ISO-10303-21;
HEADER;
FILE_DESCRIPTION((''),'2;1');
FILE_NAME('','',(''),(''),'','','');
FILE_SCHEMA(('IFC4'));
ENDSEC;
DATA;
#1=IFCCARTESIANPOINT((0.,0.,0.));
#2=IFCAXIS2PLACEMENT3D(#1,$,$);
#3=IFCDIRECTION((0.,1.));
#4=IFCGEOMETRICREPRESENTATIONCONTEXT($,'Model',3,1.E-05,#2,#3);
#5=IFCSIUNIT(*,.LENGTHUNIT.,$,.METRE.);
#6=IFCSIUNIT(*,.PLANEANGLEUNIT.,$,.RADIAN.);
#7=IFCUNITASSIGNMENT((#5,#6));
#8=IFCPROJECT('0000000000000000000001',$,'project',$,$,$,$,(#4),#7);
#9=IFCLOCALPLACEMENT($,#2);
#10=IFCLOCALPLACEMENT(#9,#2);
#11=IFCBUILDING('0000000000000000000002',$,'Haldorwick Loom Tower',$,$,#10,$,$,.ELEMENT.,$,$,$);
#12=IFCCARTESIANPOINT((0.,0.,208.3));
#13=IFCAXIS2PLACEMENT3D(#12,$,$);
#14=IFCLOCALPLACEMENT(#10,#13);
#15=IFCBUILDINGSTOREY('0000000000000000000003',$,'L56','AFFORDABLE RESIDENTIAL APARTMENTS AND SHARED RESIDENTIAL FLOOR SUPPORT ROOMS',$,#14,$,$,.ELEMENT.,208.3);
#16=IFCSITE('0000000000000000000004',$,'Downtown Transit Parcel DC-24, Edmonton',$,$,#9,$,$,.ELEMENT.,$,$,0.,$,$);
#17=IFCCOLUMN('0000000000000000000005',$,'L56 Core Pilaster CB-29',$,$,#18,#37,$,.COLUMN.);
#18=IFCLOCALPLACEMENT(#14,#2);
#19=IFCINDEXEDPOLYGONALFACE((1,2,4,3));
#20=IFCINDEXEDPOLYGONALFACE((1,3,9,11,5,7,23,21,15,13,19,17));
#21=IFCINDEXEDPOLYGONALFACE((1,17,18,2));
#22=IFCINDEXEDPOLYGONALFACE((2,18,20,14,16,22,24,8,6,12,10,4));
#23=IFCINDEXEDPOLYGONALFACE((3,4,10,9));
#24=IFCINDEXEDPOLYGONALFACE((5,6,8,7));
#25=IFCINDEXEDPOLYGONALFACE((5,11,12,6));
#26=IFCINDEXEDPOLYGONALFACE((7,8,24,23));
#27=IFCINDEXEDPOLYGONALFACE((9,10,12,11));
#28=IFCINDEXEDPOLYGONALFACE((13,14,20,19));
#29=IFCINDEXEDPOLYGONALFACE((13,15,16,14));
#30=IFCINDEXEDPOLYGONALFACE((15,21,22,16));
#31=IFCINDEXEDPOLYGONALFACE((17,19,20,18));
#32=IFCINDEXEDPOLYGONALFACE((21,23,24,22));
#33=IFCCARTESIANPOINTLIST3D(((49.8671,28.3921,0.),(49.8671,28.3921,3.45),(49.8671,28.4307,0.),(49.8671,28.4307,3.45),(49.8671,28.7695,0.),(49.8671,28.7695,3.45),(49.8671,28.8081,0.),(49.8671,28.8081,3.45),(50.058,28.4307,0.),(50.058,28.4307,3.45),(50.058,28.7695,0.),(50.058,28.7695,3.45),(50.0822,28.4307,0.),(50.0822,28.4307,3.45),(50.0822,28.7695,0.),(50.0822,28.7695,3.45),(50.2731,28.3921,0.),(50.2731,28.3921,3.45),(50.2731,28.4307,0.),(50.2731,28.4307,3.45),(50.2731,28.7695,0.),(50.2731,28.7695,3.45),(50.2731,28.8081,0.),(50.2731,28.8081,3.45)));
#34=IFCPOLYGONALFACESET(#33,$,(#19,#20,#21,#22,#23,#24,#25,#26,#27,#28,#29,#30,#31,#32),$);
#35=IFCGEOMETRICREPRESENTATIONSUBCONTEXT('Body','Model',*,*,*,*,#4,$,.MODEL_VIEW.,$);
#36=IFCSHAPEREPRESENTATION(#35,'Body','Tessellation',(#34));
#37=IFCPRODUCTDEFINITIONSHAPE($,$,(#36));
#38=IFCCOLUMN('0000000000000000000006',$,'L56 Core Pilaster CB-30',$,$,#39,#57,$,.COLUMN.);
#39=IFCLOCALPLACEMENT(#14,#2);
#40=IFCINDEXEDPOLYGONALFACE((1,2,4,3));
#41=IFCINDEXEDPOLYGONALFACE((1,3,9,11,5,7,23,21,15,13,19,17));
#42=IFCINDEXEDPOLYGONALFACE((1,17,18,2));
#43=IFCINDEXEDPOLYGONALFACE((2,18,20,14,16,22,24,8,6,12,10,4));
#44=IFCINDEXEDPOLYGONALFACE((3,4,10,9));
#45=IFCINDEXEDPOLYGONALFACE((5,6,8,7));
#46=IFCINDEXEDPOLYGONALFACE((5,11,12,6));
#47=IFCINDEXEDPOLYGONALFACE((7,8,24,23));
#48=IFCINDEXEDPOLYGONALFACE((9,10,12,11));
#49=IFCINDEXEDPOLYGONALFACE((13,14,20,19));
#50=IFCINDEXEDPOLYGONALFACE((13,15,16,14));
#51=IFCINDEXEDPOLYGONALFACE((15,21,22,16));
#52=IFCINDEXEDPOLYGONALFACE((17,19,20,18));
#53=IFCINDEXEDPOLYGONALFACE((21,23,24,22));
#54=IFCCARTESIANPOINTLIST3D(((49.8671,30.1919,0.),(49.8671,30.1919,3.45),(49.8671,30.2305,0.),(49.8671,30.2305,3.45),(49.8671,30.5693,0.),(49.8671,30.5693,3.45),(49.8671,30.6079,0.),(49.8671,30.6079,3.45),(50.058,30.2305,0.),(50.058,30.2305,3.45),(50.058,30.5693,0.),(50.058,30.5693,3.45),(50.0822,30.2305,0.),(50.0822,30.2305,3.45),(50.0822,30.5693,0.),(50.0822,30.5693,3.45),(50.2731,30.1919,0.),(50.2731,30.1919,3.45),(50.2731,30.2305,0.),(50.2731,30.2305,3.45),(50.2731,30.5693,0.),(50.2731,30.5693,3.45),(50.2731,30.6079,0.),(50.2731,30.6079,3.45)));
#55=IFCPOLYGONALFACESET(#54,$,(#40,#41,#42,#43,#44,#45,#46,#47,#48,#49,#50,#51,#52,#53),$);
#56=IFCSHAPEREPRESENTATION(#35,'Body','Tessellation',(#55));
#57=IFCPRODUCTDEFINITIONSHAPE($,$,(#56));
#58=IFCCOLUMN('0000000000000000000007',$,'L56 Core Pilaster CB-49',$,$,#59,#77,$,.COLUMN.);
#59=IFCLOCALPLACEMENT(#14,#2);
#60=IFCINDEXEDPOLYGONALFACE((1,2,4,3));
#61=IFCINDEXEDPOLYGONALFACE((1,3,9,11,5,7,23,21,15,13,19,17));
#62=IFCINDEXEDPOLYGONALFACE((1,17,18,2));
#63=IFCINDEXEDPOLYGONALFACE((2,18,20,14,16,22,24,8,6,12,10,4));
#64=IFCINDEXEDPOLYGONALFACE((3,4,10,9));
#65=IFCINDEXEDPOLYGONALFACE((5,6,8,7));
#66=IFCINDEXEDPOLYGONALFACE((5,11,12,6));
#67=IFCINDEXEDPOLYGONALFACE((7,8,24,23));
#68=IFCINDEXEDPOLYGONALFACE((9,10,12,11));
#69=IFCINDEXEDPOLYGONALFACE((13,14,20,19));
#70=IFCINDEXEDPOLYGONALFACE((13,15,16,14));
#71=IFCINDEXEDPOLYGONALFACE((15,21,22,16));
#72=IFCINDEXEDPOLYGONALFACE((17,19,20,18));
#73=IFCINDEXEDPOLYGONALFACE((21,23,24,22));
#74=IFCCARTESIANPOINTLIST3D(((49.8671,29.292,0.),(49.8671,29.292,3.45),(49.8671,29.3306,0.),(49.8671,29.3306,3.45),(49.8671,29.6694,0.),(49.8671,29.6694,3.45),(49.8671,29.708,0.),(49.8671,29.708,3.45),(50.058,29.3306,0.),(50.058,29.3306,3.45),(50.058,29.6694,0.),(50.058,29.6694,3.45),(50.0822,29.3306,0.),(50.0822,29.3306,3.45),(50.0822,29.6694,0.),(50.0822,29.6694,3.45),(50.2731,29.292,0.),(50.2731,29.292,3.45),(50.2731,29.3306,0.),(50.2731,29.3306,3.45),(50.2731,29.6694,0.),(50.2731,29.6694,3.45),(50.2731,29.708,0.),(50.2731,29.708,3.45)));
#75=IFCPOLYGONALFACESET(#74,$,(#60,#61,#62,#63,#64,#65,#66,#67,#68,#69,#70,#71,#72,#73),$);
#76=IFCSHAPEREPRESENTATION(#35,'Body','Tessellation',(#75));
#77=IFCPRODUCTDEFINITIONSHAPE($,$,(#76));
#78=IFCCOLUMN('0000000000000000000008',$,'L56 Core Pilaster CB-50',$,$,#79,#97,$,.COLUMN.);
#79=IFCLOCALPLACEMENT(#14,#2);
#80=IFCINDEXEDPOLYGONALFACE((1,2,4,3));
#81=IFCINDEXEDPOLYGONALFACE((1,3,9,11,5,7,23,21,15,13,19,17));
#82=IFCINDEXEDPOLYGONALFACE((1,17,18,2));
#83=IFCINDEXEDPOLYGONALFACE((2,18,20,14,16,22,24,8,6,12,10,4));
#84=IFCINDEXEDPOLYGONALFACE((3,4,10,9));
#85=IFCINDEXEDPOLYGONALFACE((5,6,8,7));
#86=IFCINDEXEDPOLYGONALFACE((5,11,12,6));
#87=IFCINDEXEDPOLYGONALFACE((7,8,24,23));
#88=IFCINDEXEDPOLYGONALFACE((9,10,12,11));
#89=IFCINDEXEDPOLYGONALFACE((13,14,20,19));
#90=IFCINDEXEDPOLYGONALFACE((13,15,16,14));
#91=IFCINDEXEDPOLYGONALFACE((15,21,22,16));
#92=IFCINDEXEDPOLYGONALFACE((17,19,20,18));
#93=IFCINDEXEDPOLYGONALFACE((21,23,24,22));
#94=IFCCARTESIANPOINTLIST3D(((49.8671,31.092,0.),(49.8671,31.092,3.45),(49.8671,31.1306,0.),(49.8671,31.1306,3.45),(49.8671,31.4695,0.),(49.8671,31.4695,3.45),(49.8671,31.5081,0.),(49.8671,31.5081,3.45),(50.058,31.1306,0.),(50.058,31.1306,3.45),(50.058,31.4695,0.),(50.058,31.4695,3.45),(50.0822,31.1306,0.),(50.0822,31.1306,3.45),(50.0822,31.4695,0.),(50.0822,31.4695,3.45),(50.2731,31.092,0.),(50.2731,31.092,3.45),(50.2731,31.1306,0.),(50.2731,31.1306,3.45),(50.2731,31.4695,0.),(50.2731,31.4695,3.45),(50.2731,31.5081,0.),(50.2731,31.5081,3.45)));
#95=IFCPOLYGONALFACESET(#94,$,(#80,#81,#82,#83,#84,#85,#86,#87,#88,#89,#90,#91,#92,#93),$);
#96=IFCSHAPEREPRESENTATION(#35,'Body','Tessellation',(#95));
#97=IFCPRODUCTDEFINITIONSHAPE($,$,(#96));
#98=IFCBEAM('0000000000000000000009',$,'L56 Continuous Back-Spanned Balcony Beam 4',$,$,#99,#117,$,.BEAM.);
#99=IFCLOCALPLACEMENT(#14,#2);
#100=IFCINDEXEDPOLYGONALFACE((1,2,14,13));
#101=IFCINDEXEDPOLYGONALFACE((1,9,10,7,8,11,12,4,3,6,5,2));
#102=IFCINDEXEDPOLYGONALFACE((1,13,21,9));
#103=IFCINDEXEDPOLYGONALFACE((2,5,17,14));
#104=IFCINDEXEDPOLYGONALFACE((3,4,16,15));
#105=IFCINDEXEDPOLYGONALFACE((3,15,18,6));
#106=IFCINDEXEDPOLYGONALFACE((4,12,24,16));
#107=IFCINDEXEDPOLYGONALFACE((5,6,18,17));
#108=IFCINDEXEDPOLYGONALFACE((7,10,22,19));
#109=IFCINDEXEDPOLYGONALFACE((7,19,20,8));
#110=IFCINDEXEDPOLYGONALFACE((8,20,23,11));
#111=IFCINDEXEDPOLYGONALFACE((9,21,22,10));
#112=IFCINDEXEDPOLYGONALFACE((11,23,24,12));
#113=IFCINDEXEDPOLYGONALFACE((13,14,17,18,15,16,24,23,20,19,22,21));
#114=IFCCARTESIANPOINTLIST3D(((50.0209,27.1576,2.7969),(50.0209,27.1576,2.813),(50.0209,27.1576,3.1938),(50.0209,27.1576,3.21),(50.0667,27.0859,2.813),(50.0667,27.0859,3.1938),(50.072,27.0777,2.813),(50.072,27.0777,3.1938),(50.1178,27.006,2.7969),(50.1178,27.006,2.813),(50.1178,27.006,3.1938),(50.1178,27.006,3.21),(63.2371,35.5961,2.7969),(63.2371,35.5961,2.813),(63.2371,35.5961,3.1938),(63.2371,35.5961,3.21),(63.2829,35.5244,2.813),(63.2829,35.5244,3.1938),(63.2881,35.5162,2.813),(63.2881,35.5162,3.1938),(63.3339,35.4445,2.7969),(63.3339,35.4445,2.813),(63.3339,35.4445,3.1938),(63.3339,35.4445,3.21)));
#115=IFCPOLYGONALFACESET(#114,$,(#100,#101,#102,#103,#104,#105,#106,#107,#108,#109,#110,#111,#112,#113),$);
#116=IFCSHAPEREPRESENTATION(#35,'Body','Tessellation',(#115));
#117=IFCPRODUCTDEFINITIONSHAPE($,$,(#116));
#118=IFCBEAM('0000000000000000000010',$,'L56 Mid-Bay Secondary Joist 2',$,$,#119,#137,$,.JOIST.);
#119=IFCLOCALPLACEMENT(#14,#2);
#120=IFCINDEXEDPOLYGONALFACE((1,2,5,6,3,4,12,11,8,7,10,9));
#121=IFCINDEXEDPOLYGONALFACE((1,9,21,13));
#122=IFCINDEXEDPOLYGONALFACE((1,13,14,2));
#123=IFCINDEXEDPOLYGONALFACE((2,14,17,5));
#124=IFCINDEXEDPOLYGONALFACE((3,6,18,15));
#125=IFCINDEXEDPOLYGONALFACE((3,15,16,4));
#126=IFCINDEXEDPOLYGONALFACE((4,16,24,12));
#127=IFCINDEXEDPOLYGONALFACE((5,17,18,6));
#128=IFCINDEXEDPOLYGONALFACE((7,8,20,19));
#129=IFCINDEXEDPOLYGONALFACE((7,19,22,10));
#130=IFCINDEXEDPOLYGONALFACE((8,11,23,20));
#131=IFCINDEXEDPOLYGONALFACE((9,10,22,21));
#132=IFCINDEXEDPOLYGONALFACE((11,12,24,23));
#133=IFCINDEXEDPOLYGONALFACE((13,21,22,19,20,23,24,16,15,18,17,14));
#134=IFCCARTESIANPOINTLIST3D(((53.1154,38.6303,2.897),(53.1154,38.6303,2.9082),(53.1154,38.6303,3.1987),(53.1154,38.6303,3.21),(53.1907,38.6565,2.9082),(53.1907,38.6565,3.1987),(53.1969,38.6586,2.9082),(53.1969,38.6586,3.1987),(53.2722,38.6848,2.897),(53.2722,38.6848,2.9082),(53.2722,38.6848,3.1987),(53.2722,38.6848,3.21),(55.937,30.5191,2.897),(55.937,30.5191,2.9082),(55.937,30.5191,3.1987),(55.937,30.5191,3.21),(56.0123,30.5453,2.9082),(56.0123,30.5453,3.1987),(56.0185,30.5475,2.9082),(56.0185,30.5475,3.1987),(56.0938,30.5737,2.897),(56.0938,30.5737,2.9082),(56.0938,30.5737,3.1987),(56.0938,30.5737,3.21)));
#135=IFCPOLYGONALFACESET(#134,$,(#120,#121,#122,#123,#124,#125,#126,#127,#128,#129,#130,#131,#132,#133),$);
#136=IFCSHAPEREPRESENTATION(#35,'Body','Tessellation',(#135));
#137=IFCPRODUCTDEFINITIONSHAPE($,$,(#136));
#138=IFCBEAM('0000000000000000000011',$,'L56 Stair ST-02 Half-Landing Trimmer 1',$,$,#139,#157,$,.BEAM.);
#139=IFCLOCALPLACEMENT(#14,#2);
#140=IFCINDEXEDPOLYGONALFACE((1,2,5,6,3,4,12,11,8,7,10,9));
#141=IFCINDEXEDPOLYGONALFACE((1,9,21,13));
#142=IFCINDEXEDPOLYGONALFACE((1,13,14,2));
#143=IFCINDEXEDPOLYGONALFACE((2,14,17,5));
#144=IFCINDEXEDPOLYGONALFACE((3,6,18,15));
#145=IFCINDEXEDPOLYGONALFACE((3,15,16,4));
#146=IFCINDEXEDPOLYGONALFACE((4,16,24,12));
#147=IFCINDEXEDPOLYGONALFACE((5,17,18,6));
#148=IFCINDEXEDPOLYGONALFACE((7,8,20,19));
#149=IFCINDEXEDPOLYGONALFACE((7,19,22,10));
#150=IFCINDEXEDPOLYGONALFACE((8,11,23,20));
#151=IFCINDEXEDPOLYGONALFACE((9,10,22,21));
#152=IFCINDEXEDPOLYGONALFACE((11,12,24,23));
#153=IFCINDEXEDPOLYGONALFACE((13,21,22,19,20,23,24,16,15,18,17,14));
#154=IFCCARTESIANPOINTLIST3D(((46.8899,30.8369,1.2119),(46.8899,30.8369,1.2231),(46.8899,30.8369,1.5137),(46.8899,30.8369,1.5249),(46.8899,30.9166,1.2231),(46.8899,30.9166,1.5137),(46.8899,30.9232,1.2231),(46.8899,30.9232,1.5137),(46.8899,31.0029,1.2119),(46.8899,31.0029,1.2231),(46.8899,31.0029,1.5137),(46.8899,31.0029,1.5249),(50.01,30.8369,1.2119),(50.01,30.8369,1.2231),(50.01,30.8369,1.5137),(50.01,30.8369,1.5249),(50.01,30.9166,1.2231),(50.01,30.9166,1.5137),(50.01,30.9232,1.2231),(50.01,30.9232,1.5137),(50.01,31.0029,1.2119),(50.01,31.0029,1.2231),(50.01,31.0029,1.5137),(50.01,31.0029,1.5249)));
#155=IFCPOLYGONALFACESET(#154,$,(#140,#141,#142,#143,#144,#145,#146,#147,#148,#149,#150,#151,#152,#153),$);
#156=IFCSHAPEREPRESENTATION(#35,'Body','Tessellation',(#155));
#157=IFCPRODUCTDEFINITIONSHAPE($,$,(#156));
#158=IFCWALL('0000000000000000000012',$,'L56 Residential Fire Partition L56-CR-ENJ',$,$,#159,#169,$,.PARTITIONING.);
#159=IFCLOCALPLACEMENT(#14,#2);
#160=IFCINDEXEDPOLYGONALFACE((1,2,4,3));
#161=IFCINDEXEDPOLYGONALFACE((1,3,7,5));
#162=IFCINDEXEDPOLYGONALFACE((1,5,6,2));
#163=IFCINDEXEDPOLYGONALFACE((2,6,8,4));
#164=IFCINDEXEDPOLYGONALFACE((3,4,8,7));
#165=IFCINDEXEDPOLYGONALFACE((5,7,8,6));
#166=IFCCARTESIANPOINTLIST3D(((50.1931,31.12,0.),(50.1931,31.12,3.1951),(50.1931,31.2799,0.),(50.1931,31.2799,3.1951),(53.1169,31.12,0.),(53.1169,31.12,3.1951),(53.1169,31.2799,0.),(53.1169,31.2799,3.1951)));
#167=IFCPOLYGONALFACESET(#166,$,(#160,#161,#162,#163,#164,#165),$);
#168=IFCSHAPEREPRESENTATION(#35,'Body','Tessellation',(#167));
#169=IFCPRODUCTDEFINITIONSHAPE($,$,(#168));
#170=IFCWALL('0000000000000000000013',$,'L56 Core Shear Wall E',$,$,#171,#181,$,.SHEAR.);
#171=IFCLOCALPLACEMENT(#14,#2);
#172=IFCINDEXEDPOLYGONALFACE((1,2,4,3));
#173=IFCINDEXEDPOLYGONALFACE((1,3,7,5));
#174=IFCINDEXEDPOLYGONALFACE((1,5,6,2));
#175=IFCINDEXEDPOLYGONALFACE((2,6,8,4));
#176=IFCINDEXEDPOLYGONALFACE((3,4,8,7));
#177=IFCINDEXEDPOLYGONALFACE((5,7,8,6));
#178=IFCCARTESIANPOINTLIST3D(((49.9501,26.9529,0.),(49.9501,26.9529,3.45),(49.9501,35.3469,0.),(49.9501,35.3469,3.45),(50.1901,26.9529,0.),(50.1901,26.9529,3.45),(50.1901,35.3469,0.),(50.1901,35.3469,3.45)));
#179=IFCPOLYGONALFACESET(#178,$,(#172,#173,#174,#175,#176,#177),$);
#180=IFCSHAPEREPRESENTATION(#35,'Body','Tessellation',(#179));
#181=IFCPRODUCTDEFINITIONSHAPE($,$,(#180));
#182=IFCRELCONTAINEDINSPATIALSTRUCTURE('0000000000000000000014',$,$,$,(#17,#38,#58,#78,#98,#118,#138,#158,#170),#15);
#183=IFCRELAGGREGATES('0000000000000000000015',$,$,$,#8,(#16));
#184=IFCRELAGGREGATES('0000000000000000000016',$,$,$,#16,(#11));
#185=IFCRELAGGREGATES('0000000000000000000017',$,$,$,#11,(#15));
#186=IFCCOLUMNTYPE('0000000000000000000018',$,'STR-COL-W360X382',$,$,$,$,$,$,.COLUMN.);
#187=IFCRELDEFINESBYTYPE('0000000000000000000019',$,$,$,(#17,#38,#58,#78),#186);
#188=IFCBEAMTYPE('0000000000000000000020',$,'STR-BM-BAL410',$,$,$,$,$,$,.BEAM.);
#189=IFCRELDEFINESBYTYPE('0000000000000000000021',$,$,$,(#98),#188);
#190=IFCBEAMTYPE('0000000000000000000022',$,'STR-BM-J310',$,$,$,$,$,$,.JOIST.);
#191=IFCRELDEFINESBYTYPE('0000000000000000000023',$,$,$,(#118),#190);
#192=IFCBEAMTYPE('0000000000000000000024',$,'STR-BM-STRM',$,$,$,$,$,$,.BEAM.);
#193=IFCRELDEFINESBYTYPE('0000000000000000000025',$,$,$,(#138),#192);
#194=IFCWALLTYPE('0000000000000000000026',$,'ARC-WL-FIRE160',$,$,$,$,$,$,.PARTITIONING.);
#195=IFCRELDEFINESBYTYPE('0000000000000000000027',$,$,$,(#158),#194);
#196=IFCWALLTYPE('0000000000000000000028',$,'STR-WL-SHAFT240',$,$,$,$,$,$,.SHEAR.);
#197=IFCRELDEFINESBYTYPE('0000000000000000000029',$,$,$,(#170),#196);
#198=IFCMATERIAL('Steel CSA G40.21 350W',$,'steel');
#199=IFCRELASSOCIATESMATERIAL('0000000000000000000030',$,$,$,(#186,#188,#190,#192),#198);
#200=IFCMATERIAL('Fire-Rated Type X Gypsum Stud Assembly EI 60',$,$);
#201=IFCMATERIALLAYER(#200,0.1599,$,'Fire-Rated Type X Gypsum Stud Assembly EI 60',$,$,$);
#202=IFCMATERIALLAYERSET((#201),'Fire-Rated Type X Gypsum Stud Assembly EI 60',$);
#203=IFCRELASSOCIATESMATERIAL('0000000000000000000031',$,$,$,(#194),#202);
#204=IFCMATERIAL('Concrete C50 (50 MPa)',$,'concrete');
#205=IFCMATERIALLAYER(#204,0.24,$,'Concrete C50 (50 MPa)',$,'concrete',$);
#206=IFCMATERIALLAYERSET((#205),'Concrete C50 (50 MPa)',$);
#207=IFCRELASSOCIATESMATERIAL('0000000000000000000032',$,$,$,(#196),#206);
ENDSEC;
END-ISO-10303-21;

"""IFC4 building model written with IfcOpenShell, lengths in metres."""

from ifc_helpers import new_model, si_unit, direction, frame, frame_2d, origin, origin_2d, place, context, subcontext, project, spatial, rectangle, i_section, extrude, material, layer, layer_set, material_profile, profile_set, type_object, element, save


model = new_model("IFC4")

# Units and contexts
model_context = context("Model", 3, precision=1e-05, world=origin(), true_north=direction((0.0, 1.0)))
body_context = subcontext(model_context, "Body", "Model", "MODEL_VIEW")
ifc_project = project(units=[si_unit("LENGTHUNIT", "METRE"), si_unit("PLANEANGLEUNIT", "RADIAN")], contexts=[model_context])

# Site, building, storey
site_placement = place(None, origin())
site = spatial("IfcSite", under=ifc_project, at=site_placement, Name="Downtown Transit Parcel DC-24, Edmonton", CompositionType="ELEMENT", RefElevation=0.0)
building_placement = place(site_placement, origin())
building = spatial("IfcBuilding", under=site, at=building_placement, Name="Haldorwick Loom Tower", CompositionType="ELEMENT")
storey_placement = place(building_placement, frame((0.0, 0.0, 208.3)))
storey = spatial("IfcBuildingStorey", under=building, at=storey_placement, Name="L56", Description="AFFORDABLE RESIDENTIAL APARTMENTS AND SHARED RESIDENTIAL FLOOR SUPPORT ROOMS", CompositionType="ELEMENT", Elevation=208.3)

# Columns
ifc_material_1 = material(Name="Steel CSA G40.21 350W", Category="steel")
ifc_material_profile_1 = material_profile(ifc_material_1, i_section(OverallWidth=0.406, OverallDepth=0.416, WebThickness=0.0242, FlangeThickness=0.0386, at=origin_2d()), Name="W360X382", Category="steel")
ifc_profile_set_1 = profile_set([ifc_material_profile_1], Name="Steel CSA G40.21 350W")
column_type = type_object("IfcColumnType", Name="STR-COL-W360X382", PredefinedType="COLUMN", material=ifc_profile_set_1)
for number, where, z_axis, x_axis, name in (
    (1, (50.0701, 28.6001, 0.0), (0.0, 0.0, 1.0), (1.0, 0.0, 0.0), "L56 Core Pilaster CB-29"),
    (2, (50.0701, 30.3999, 0.0), (0.0, 0.0, 1.0), (1.0, 0.0, 0.0), "L56 Core Pilaster CB-30"),
    (3, (50.0701, 29.5, 0.0), (0.0, 0.0, 1.0), (1.0, 0.0, 0.0), "L56 Core Pilaster CB-49"),
    (4, (50.0701, 31.3, 0.0), (0.0, 0.0, 1.0), (1.0, 0.0, 0.0), "L56 Core Pilaster CB-50"),
):
    element("IfcColumn", number, at=place(storey_placement, frame(where, z_axis=z_axis, x_axis=x_axis)), inside=storey, type_object=column_type, Name=name, PredefinedType="COLUMN", context=body_context, shape_type="SweptSolid", body=[
        extrude(i_section(OverallWidth=0.406, OverallDepth=0.416, WebThickness=0.0242, FlangeThickness=0.0386, at=origin_2d()), origin(), (0.0, 0.0, 1.0), 3.45),
    ])

# Beams
ifc_material_profile_2 = material_profile(ifc_material_1, i_section(OverallWidth=0.1799, OverallDepth=0.4131, WebThickness=0.0098, FlangeThickness=0.0161, at=origin_2d()), Name="W410X74", Category="steel")
ifc_profile_set_2 = profile_set([ifc_material_profile_2], Name="Steel CSA G40.21 350W")
beam_type_1 = type_object("IfcBeamType", Name="STR-BM-BAL410", PredefinedType="BEAM", material=ifc_profile_set_2)
beam_1_placement = place(storey_placement, frame((50.0693, 27.0818, 3.0034), z_axis=(0.842844, 0.538157, 0.0), x_axis=(-0.538157, 0.842844, 0.0)))
element("IfcBeam", 5, at=beam_1_placement, inside=storey, type_object=beam_type_1, Name="L56 Continuous Back-Spanned Balcony Beam 4", PredefinedType="BEAM", context=body_context, shape_type="SweptSolid", body=[
    extrude(i_section(OverallWidth=0.1799, OverallDepth=0.4131, WebThickness=0.0098, FlangeThickness=0.0161, at=origin_2d()), origin(), (0.0, 0.0, 1.0), 15.6804),
])
ifc_material_profile_3 = material_profile(ifc_material_1, i_section(OverallWidth=0.166, OverallDepth=0.313, WebThickness=0.0066, FlangeThickness=0.0112, at=origin_2d()), Name="W310X45", Category="steel")
ifc_profile_set_3 = profile_set([ifc_material_profile_3], Name="Steel CSA G40.21 350W")
beam_type_2 = type_object("IfcBeamType", Name="STR-BM-J310", PredefinedType="JOIST", material=ifc_profile_set_3)
beam_2_placement = place(storey_placement, frame((56.0154, 30.5464, 3.0535), z_axis=(-0.32855, 0.944486, 0.0), x_axis=(-0.944486, -0.32855, 0.0)))
element("IfcBeam", 6, at=beam_2_placement, inside=storey, type_object=beam_type_2, Name="L56 Mid-Bay Secondary Joist 2", PredefinedType="JOIST", context=body_context, shape_type="SweptSolid", body=[
    extrude(i_section(OverallWidth=0.166, OverallDepth=0.313, WebThickness=0.0066, FlangeThickness=0.0112, at=origin_2d()), origin(), (0.0, 0.0, 1.0), 8.5879),
])
ifc_material_profile_4 = material_profile(ifc_material_1, i_section(OverallWidth=0.166, OverallDepth=0.313, WebThickness=0.0066, FlangeThickness=0.0112, at=origin_2d()), Name="W310X45", Category="steel")
ifc_profile_set_4 = profile_set([ifc_material_profile_4], Name="Steel CSA G40.21 350W")
beam_type_3 = type_object("IfcBeamType", Name="STR-BM-STRM", PredefinedType="BEAM", material=ifc_profile_set_4)
beam_3_placement = place(storey_placement, frame((46.8899, 30.9199, 1.3684), z_axis=(1.0, 0.0, 0.0), x_axis=(0.0, 1.0, 0.0)))
element("IfcBeam", 7, at=beam_3_placement, inside=storey, type_object=beam_type_3, Name="L56 Stair ST-02 Half-Landing Trimmer 1", PredefinedType="BEAM", context=body_context, shape_type="SweptSolid", body=[
    extrude(i_section(OverallWidth=0.166, OverallDepth=0.313, WebThickness=0.0066, FlangeThickness=0.0112, at=origin_2d()), origin(), (0.0, 0.0, 1.0), 3.1201),
])

# Walls
ifc_material_2 = material(Name="Fire-Rated Type X Gypsum Stud Assembly EI 60")
ifc_layer_1 = layer(ifc_material_2, 0.1599, Name="Fire-Rated Type X Gypsum Stud Assembly EI 60")
ifc_layer_set_1 = layer_set([ifc_layer_1], Name="Fire-Rated Type X Gypsum Stud Assembly EI 60")
wall_type_1 = type_object("IfcWallType", Name="ARC-WL-FIRE160", PredefinedType="PARTITIONING", material=ifc_layer_set_1)
wall_1_placement = place(storey_placement, frame((50.1931, 31.2, 0.0), z_axis=(0.0, 0.0, 1.0), x_axis=(1.0, 0.0, 0.0)))
element("IfcWall", 8, at=wall_1_placement, inside=storey, type_object=wall_type_1, Name="L56 Residential Fire Partition L56-CR-ENJ", PredefinedType="PARTITIONING", context=body_context, shape_type="SweptSolid", body=[
    extrude(rectangle(XDim=2.9238, YDim=0.1599, at=frame_2d((1.4619, 0.0))), origin(), (0.0, 0.0, 1.0), 3.1951),
])
ifc_material_3 = material(Name="Concrete C50 (50 MPa)", Category="concrete")
ifc_layer_2 = layer(ifc_material_3, 0.24, Name="Concrete C50 (50 MPa)", Category="concrete")
ifc_layer_set_2 = layer_set([ifc_layer_2], Name="Concrete C50 (50 MPa)")
wall_type_2 = type_object("IfcWallType", Name="STR-WL-SHAFT240", PredefinedType="SHEAR", material=ifc_layer_set_2)
wall_2_placement = place(storey_placement, frame((50.0701, 26.9529, 0.0), z_axis=(0.0, 0.0, 1.0), x_axis=(0.0, 1.0, 0.0)))
element("IfcWall", 9, at=wall_2_placement, inside=storey, type_object=wall_type_2, Name="L56 Core Shear Wall E", PredefinedType="SHEAR", context=body_context, shape_type="SweptSolid", body=[
    extrude(rectangle(XDim=8.394, YDim=0.24, at=frame_2d((4.197, 0.0))), origin(), (0.0, 0.0, 1.0), 3.45),
])

save(model, "model.ifc")
